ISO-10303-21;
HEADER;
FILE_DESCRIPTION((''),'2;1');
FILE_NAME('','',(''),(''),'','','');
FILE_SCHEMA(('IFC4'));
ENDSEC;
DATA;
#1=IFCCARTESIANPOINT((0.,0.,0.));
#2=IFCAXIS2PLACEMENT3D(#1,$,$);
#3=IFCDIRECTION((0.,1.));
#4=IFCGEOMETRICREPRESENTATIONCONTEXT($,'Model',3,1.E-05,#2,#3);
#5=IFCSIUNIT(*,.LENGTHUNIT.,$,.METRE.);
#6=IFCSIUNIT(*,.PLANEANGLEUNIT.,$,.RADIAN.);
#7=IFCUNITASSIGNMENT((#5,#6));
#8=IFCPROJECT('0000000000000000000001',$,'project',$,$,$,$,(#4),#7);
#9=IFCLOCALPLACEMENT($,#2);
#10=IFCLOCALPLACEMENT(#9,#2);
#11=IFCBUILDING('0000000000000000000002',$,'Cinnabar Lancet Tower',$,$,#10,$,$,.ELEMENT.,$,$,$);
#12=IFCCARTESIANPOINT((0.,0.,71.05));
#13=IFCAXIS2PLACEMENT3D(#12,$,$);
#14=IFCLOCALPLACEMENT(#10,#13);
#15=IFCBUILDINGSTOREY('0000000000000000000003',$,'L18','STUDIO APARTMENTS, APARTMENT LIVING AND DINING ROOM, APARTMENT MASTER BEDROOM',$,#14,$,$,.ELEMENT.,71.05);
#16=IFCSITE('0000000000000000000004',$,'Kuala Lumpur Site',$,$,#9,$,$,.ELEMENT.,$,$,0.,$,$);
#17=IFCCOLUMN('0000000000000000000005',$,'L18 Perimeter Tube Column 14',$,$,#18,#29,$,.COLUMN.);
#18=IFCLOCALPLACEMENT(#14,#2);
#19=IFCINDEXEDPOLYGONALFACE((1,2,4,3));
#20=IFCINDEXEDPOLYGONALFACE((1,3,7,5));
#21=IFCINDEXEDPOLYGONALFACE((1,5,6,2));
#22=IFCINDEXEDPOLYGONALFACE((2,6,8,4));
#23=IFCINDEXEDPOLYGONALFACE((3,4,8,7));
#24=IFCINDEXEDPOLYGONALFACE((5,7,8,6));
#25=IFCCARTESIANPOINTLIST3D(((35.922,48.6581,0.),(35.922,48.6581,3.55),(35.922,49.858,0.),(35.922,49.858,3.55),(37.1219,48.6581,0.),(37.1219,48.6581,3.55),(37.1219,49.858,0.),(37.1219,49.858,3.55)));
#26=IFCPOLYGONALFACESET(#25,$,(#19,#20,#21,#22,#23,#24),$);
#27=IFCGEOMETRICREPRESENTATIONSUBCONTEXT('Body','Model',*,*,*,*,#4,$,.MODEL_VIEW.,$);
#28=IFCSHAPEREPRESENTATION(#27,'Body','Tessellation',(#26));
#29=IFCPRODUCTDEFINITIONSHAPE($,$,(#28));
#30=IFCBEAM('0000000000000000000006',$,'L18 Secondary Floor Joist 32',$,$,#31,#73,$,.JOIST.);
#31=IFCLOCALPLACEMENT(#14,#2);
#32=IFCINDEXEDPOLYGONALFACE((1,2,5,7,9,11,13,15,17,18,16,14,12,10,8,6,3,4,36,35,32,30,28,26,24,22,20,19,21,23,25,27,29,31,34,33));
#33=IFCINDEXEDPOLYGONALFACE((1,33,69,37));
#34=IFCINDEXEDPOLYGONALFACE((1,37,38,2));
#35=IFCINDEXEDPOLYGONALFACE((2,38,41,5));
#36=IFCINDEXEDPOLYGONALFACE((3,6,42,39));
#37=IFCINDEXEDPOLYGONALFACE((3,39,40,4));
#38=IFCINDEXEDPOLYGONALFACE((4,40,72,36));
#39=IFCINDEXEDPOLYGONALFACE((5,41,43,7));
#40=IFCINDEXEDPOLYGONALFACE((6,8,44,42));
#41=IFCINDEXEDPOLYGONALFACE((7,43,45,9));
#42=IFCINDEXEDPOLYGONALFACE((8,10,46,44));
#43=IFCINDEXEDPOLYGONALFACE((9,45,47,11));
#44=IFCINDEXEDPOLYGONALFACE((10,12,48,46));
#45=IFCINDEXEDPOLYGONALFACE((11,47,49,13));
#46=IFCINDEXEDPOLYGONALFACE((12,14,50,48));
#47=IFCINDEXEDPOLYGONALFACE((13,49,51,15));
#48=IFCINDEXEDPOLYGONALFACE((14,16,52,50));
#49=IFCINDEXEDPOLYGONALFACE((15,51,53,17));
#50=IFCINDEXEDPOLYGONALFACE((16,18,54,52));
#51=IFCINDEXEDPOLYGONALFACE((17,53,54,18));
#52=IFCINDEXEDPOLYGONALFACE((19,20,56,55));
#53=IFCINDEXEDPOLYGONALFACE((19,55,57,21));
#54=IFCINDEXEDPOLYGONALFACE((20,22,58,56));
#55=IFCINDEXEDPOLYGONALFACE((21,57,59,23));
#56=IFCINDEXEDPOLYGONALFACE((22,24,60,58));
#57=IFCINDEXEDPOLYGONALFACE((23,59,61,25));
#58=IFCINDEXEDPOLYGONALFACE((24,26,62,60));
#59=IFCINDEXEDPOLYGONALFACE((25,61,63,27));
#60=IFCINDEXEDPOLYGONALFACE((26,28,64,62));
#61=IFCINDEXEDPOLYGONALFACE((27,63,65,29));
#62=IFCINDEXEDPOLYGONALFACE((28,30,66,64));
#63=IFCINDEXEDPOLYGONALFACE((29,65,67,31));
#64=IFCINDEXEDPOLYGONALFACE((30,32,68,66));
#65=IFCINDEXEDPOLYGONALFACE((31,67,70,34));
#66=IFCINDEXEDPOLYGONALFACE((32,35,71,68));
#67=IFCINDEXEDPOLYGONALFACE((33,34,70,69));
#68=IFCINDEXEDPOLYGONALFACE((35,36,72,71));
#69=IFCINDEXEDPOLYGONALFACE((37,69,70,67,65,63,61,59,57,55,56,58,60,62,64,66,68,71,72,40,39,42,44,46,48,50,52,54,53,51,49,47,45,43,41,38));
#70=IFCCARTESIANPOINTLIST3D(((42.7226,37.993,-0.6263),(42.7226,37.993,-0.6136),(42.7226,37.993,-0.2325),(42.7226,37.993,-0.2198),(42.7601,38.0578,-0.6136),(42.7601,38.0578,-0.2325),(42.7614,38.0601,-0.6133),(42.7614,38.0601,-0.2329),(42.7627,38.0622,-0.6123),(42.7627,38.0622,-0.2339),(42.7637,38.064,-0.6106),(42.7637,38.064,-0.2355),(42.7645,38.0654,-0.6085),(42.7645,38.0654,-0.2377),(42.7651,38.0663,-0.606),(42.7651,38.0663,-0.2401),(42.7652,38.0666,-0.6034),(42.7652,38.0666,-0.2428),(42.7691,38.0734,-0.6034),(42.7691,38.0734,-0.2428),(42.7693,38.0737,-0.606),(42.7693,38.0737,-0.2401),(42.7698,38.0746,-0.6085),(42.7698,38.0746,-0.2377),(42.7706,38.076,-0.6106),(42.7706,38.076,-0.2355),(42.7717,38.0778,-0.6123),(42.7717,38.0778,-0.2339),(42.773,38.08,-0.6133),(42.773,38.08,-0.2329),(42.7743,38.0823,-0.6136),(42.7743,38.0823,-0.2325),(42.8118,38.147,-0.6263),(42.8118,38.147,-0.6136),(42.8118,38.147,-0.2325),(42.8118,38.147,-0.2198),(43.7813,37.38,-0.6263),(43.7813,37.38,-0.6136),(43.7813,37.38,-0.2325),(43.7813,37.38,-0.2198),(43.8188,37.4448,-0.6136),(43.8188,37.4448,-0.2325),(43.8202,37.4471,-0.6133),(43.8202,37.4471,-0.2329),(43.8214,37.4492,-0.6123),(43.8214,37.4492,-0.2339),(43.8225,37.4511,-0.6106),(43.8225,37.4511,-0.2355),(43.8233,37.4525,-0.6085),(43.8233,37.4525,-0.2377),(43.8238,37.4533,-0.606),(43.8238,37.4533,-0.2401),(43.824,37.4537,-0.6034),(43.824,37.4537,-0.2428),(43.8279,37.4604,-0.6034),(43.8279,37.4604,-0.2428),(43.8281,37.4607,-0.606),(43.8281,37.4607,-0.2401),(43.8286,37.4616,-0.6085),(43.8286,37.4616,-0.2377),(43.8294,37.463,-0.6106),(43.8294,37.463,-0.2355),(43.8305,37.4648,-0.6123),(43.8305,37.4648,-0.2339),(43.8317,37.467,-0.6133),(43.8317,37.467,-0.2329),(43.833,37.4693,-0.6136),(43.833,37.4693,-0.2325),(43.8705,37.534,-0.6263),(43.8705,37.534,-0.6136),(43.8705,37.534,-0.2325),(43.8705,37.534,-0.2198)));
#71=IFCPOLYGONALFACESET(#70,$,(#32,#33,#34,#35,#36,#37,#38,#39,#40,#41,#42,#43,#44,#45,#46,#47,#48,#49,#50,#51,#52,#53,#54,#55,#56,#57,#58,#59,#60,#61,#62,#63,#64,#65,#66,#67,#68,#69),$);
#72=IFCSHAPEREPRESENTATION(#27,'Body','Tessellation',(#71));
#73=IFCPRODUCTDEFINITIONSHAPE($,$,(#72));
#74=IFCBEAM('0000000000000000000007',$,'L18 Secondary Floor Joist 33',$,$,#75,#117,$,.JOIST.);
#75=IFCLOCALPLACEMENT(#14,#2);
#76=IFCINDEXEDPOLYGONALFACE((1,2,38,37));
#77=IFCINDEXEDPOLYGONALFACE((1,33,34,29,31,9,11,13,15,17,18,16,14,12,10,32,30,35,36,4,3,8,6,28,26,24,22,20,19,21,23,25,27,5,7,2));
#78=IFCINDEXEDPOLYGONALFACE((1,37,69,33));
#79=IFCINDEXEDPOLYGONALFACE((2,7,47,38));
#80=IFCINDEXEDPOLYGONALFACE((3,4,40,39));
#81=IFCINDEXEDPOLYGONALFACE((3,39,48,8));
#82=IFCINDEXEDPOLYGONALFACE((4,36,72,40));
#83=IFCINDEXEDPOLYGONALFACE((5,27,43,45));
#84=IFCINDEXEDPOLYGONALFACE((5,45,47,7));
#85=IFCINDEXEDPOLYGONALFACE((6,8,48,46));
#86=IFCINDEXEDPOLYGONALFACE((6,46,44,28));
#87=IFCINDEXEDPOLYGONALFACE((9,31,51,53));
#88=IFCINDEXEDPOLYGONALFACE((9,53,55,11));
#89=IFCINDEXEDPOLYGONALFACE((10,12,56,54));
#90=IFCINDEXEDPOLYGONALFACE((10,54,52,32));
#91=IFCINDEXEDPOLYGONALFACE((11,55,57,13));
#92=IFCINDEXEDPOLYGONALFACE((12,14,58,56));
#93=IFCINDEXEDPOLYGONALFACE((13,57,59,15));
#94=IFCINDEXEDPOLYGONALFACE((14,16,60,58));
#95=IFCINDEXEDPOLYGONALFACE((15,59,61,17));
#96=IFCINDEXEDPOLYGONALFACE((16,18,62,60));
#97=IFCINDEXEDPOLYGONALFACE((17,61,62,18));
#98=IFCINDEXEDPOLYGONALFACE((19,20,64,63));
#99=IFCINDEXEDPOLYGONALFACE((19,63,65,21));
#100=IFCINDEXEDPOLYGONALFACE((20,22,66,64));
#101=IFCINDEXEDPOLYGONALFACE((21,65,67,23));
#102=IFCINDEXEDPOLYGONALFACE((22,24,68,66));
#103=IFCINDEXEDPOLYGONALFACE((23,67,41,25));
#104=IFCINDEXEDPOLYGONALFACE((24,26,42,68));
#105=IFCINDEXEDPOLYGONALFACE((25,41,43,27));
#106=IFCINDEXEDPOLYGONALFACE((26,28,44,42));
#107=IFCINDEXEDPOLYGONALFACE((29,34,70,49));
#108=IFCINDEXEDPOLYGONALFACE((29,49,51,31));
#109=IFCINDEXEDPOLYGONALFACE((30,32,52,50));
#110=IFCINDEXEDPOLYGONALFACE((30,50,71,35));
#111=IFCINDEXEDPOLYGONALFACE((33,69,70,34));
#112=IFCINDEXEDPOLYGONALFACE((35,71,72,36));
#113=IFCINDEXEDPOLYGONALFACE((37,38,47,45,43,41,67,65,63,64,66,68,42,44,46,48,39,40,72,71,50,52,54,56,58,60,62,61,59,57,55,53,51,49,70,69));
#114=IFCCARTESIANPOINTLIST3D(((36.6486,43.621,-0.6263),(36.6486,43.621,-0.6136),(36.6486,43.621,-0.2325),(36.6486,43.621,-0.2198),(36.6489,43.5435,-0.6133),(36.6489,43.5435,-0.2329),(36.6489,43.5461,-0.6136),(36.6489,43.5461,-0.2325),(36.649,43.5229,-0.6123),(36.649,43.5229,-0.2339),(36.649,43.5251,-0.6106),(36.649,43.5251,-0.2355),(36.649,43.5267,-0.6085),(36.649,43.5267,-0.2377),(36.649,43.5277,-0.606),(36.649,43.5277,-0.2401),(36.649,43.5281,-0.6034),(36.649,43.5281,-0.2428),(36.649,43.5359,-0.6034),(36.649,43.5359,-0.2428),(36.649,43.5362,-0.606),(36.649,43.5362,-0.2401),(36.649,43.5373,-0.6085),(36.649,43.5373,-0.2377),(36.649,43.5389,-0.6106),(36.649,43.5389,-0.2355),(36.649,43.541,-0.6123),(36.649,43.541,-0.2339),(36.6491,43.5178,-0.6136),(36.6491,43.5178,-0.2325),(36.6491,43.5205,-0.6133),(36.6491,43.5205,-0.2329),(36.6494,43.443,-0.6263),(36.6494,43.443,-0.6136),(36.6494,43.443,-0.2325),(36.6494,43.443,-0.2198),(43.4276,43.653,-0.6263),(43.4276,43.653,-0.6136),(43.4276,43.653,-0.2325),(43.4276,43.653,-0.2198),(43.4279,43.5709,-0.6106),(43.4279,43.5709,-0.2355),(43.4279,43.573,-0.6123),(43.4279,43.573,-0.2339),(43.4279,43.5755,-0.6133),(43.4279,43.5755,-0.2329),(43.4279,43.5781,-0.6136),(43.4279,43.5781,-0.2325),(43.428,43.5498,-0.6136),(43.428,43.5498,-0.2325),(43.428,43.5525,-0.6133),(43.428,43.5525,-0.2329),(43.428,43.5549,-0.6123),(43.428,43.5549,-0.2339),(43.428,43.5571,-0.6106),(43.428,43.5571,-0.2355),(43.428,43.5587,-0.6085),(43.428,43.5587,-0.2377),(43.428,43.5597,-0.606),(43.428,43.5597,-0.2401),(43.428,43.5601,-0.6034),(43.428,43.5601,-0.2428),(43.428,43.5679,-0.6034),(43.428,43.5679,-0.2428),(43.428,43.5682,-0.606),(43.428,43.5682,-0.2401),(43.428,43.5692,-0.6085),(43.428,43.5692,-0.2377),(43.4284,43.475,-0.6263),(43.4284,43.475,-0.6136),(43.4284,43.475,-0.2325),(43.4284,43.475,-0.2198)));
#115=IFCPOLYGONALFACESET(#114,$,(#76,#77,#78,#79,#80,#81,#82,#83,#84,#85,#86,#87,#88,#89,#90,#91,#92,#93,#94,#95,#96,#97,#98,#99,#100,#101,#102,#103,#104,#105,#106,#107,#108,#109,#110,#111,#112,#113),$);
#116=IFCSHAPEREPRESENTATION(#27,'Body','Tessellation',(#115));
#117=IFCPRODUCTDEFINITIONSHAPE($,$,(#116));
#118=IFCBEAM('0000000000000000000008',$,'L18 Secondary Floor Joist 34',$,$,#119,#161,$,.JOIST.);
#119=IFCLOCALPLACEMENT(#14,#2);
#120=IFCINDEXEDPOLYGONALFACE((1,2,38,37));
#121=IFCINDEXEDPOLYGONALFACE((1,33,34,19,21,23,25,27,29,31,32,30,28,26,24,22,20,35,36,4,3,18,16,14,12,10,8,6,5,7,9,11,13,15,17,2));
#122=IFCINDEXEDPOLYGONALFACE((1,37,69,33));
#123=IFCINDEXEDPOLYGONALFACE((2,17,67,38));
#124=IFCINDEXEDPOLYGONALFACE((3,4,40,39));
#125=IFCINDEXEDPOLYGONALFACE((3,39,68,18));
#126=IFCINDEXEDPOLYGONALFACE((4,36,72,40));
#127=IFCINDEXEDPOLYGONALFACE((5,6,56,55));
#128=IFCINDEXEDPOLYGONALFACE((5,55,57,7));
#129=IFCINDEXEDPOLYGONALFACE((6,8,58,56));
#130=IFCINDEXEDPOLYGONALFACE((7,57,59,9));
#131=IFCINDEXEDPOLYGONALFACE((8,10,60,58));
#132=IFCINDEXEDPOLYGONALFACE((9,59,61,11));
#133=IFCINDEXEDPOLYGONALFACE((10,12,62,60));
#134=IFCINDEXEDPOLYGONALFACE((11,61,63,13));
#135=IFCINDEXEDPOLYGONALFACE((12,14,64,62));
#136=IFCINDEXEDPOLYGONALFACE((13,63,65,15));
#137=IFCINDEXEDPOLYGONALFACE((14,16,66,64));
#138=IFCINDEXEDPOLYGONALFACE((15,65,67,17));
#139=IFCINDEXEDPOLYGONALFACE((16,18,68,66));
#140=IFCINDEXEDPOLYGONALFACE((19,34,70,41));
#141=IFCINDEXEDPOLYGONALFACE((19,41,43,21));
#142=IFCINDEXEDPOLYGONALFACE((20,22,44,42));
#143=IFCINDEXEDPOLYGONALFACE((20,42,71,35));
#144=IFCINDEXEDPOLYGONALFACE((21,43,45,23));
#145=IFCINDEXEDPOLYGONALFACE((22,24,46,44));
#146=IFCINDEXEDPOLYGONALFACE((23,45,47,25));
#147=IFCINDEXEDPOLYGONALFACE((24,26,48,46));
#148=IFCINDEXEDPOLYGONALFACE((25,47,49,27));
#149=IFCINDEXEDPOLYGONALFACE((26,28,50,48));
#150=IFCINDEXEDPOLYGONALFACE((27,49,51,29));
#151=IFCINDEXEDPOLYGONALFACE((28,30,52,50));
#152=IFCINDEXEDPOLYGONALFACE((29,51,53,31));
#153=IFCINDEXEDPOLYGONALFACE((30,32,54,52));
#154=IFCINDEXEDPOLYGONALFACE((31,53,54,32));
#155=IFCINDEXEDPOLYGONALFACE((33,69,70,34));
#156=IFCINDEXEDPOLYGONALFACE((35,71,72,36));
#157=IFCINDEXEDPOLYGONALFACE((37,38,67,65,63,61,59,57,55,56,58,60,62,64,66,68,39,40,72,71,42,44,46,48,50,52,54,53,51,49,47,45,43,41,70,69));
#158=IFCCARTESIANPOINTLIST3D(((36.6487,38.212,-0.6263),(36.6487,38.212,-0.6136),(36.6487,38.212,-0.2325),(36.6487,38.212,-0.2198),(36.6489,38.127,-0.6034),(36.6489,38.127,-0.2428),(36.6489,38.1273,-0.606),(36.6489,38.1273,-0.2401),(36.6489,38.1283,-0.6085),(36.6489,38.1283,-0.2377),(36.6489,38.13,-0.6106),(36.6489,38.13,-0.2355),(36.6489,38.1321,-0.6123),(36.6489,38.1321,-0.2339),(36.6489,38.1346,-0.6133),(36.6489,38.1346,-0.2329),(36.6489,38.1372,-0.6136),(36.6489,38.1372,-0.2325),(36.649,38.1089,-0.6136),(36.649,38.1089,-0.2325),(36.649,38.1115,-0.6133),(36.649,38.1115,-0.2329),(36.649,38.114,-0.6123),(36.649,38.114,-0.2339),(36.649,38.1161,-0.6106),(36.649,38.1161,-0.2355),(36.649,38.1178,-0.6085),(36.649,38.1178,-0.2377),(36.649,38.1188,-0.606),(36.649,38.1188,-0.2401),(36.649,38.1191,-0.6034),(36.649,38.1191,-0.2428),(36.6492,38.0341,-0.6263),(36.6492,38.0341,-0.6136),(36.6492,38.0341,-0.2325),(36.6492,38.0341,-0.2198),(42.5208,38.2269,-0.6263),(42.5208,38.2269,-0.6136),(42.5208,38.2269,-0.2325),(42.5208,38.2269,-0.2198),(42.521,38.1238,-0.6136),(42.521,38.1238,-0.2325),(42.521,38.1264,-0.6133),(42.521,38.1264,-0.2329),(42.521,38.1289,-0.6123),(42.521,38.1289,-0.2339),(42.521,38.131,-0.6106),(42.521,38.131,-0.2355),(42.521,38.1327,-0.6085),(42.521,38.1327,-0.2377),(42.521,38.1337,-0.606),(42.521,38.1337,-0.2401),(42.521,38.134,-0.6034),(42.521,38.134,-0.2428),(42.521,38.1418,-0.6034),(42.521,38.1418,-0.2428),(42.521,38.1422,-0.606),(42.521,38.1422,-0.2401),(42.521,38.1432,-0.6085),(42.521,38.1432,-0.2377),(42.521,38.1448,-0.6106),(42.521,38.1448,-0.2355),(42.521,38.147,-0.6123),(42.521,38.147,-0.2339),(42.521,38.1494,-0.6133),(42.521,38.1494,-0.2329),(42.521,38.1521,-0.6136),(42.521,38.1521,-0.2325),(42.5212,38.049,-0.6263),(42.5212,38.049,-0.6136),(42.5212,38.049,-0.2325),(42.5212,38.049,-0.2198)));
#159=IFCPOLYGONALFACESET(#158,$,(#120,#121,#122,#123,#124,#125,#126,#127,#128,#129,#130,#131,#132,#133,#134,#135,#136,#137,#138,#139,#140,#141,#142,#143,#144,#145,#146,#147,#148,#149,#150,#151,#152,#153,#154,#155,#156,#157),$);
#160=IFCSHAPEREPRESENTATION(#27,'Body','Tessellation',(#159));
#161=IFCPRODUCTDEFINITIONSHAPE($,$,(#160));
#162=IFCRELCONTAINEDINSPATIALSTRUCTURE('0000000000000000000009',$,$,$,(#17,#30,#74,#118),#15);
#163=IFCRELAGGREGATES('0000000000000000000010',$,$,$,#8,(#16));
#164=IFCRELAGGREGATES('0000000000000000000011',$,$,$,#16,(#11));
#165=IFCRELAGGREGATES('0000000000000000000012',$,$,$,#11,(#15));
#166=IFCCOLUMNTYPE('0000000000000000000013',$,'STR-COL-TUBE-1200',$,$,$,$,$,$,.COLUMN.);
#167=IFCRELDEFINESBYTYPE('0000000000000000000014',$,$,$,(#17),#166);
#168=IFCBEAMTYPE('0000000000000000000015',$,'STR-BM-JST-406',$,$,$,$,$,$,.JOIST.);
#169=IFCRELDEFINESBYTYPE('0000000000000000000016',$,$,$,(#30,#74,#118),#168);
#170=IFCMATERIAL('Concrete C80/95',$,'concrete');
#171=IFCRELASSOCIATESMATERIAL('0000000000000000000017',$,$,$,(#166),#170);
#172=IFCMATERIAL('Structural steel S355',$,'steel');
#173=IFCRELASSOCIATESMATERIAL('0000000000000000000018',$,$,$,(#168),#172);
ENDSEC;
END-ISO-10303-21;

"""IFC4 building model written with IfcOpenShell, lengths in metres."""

from ifc_helpers import new_model, si_unit, direction, frame, origin, origin_2d, place, context, subcontext, project, spatial, rectangle, i_section, extrude, material, material_profile, profile_set, type_object, element, save


model = new_model("IFC4")

# Units and contexts
model_context = context("Model", 3, precision=1e-05, world=origin(), true_north=direction((0.0, 1.0)))
body_context = subcontext(model_context, "Body", "Model", "MODEL_VIEW")
ifc_project = project(units=[si_unit("LENGTHUNIT", "METRE"), si_unit("PLANEANGLEUNIT", "RADIAN")], contexts=[model_context])

# Site, building, storey
site_placement = place(None, origin())
site = spatial("IfcSite", under=ifc_project, at=site_placement, Name="Kuala Lumpur Site", CompositionType="ELEMENT", RefElevation=0.0)
building_placement = place(site_placement, origin())
building = spatial("IfcBuilding", under=site, at=building_placement, Name="Cinnabar Lancet Tower", CompositionType="ELEMENT")
storey_placement = place(building_placement, frame((0.0, 0.0, 71.05)))
storey = spatial("IfcBuildingStorey", under=building, at=storey_placement, Name="L18", Description="STUDIO APARTMENTS, APARTMENT LIVING AND DINING ROOM, APARTMENT MASTER BEDROOM", CompositionType="ELEMENT", Elevation=71.05)

# Column
ifc_material_1 = material(Name="Concrete C80/95", Category="concrete")
ifc_material_profile_1 = material_profile(ifc_material_1, rectangle(XDim=1.2, YDim=1.2, at=origin_2d()), Name="RC-COL 1200x1200")
ifc_profile_set_1 = profile_set([ifc_material_profile_1], Name="Concrete C80/95")
column_type = type_object("IfcColumnType", Name="STR-COL-TUBE-1200", PredefinedType="COLUMN", material=ifc_profile_set_1)
column_placement = place(storey_placement, frame((36.522, 49.2581, 0.0), z_axis=(0.0, 0.0, 1.0), x_axis=(1.0, 0.0, 0.0)))
element("IfcColumn", 1, at=column_placement, inside=storey, type_object=column_type, Name="L18 Perimeter Tube Column 14", PredefinedType="COLUMN", context=body_context, shape_type="SweptSolid", body=[
    extrude(rectangle(XDim=1.2, YDim=1.2, at=origin_2d()), origin(), (0.0, 0.0, 1.0), 3.55),
])

# Beams
ifc_material_2 = material(Name="Structural steel S355", Category="steel")
ifc_material_profile_2 = material_profile(ifc_material_2, i_section(OverallWidth=0.178, OverallDepth=0.4065, WebThickness=0.0078, FlangeThickness=0.0127, FilletRadius=0.0103, at=origin_2d()), Name="UKB 406x178x60")
ifc_profile_set_2 = profile_set([ifc_material_profile_2], Name="Structural steel S355")
beam_type_1 = type_object("IfcBeamType", Name="STR-BM-JST-406", PredefinedType="JOIST", material=ifc_profile_set_2)
beam_1_placement = place(storey_placement, frame((43.8259, 37.457, -0.4231), z_axis=(-0.865417, 0.501052, 0.0), x_axis=(-0.501052, -0.865417, 0.0)))
element("IfcBeam", 2, at=beam_1_placement, inside=storey, type_object=beam_type_1, Name="L18 Secondary Floor Joist 32", PredefinedType="JOIST", context=body_context, shape_type="SweptSolid", body=[
    extrude(i_section(OverallWidth=0.178, OverallDepth=0.4065, WebThickness=0.0078, FlangeThickness=0.0127, FilletRadius=0.0103, at=origin_2d()), origin(), (0.0, 0.0, 1.0), 1.2234),
])
beam_2_placement = place(storey_placement, frame((43.428, 43.564, -0.4231), z_axis=(-0.999989, -0.004718, 0.0), x_axis=(0.004718, -0.999989, 0.0)))
element("IfcBeam", 3, at=beam_2_placement, inside=storey, type_object=beam_type_1, Name="L18 Secondary Floor Joist 33", PredefinedType="JOIST", context=body_context, shape_type="SweptSolid", body=[
    extrude(i_section(OverallWidth=0.178, OverallDepth=0.4065, WebThickness=0.0078, FlangeThickness=0.0127, FilletRadius=0.0103, at=origin_2d()), origin(), (0.0, 0.0, 1.0), 6.7791),
])
beam_3_placement = place(storey_placement, frame((42.521, 38.1379, -0.4231), z_axis=(-0.999997, -0.002536, 0.0), x_axis=(0.002536, -0.999997, 0.0)))
element("IfcBeam", 4, at=beam_3_placement, inside=storey, type_object=beam_type_1, Name="L18 Secondary Floor Joist 34", PredefinedType="JOIST", context=body_context, shape_type="SweptSolid", body=[
    extrude(i_section(OverallWidth=0.178, OverallDepth=0.4065, WebThickness=0.0078, FlangeThickness=0.0127, FilletRadius=0.0103, at=origin_2d()), origin(), (0.0, 0.0, 1.0), 5.8721),
])

save(model, "model.ifc")
